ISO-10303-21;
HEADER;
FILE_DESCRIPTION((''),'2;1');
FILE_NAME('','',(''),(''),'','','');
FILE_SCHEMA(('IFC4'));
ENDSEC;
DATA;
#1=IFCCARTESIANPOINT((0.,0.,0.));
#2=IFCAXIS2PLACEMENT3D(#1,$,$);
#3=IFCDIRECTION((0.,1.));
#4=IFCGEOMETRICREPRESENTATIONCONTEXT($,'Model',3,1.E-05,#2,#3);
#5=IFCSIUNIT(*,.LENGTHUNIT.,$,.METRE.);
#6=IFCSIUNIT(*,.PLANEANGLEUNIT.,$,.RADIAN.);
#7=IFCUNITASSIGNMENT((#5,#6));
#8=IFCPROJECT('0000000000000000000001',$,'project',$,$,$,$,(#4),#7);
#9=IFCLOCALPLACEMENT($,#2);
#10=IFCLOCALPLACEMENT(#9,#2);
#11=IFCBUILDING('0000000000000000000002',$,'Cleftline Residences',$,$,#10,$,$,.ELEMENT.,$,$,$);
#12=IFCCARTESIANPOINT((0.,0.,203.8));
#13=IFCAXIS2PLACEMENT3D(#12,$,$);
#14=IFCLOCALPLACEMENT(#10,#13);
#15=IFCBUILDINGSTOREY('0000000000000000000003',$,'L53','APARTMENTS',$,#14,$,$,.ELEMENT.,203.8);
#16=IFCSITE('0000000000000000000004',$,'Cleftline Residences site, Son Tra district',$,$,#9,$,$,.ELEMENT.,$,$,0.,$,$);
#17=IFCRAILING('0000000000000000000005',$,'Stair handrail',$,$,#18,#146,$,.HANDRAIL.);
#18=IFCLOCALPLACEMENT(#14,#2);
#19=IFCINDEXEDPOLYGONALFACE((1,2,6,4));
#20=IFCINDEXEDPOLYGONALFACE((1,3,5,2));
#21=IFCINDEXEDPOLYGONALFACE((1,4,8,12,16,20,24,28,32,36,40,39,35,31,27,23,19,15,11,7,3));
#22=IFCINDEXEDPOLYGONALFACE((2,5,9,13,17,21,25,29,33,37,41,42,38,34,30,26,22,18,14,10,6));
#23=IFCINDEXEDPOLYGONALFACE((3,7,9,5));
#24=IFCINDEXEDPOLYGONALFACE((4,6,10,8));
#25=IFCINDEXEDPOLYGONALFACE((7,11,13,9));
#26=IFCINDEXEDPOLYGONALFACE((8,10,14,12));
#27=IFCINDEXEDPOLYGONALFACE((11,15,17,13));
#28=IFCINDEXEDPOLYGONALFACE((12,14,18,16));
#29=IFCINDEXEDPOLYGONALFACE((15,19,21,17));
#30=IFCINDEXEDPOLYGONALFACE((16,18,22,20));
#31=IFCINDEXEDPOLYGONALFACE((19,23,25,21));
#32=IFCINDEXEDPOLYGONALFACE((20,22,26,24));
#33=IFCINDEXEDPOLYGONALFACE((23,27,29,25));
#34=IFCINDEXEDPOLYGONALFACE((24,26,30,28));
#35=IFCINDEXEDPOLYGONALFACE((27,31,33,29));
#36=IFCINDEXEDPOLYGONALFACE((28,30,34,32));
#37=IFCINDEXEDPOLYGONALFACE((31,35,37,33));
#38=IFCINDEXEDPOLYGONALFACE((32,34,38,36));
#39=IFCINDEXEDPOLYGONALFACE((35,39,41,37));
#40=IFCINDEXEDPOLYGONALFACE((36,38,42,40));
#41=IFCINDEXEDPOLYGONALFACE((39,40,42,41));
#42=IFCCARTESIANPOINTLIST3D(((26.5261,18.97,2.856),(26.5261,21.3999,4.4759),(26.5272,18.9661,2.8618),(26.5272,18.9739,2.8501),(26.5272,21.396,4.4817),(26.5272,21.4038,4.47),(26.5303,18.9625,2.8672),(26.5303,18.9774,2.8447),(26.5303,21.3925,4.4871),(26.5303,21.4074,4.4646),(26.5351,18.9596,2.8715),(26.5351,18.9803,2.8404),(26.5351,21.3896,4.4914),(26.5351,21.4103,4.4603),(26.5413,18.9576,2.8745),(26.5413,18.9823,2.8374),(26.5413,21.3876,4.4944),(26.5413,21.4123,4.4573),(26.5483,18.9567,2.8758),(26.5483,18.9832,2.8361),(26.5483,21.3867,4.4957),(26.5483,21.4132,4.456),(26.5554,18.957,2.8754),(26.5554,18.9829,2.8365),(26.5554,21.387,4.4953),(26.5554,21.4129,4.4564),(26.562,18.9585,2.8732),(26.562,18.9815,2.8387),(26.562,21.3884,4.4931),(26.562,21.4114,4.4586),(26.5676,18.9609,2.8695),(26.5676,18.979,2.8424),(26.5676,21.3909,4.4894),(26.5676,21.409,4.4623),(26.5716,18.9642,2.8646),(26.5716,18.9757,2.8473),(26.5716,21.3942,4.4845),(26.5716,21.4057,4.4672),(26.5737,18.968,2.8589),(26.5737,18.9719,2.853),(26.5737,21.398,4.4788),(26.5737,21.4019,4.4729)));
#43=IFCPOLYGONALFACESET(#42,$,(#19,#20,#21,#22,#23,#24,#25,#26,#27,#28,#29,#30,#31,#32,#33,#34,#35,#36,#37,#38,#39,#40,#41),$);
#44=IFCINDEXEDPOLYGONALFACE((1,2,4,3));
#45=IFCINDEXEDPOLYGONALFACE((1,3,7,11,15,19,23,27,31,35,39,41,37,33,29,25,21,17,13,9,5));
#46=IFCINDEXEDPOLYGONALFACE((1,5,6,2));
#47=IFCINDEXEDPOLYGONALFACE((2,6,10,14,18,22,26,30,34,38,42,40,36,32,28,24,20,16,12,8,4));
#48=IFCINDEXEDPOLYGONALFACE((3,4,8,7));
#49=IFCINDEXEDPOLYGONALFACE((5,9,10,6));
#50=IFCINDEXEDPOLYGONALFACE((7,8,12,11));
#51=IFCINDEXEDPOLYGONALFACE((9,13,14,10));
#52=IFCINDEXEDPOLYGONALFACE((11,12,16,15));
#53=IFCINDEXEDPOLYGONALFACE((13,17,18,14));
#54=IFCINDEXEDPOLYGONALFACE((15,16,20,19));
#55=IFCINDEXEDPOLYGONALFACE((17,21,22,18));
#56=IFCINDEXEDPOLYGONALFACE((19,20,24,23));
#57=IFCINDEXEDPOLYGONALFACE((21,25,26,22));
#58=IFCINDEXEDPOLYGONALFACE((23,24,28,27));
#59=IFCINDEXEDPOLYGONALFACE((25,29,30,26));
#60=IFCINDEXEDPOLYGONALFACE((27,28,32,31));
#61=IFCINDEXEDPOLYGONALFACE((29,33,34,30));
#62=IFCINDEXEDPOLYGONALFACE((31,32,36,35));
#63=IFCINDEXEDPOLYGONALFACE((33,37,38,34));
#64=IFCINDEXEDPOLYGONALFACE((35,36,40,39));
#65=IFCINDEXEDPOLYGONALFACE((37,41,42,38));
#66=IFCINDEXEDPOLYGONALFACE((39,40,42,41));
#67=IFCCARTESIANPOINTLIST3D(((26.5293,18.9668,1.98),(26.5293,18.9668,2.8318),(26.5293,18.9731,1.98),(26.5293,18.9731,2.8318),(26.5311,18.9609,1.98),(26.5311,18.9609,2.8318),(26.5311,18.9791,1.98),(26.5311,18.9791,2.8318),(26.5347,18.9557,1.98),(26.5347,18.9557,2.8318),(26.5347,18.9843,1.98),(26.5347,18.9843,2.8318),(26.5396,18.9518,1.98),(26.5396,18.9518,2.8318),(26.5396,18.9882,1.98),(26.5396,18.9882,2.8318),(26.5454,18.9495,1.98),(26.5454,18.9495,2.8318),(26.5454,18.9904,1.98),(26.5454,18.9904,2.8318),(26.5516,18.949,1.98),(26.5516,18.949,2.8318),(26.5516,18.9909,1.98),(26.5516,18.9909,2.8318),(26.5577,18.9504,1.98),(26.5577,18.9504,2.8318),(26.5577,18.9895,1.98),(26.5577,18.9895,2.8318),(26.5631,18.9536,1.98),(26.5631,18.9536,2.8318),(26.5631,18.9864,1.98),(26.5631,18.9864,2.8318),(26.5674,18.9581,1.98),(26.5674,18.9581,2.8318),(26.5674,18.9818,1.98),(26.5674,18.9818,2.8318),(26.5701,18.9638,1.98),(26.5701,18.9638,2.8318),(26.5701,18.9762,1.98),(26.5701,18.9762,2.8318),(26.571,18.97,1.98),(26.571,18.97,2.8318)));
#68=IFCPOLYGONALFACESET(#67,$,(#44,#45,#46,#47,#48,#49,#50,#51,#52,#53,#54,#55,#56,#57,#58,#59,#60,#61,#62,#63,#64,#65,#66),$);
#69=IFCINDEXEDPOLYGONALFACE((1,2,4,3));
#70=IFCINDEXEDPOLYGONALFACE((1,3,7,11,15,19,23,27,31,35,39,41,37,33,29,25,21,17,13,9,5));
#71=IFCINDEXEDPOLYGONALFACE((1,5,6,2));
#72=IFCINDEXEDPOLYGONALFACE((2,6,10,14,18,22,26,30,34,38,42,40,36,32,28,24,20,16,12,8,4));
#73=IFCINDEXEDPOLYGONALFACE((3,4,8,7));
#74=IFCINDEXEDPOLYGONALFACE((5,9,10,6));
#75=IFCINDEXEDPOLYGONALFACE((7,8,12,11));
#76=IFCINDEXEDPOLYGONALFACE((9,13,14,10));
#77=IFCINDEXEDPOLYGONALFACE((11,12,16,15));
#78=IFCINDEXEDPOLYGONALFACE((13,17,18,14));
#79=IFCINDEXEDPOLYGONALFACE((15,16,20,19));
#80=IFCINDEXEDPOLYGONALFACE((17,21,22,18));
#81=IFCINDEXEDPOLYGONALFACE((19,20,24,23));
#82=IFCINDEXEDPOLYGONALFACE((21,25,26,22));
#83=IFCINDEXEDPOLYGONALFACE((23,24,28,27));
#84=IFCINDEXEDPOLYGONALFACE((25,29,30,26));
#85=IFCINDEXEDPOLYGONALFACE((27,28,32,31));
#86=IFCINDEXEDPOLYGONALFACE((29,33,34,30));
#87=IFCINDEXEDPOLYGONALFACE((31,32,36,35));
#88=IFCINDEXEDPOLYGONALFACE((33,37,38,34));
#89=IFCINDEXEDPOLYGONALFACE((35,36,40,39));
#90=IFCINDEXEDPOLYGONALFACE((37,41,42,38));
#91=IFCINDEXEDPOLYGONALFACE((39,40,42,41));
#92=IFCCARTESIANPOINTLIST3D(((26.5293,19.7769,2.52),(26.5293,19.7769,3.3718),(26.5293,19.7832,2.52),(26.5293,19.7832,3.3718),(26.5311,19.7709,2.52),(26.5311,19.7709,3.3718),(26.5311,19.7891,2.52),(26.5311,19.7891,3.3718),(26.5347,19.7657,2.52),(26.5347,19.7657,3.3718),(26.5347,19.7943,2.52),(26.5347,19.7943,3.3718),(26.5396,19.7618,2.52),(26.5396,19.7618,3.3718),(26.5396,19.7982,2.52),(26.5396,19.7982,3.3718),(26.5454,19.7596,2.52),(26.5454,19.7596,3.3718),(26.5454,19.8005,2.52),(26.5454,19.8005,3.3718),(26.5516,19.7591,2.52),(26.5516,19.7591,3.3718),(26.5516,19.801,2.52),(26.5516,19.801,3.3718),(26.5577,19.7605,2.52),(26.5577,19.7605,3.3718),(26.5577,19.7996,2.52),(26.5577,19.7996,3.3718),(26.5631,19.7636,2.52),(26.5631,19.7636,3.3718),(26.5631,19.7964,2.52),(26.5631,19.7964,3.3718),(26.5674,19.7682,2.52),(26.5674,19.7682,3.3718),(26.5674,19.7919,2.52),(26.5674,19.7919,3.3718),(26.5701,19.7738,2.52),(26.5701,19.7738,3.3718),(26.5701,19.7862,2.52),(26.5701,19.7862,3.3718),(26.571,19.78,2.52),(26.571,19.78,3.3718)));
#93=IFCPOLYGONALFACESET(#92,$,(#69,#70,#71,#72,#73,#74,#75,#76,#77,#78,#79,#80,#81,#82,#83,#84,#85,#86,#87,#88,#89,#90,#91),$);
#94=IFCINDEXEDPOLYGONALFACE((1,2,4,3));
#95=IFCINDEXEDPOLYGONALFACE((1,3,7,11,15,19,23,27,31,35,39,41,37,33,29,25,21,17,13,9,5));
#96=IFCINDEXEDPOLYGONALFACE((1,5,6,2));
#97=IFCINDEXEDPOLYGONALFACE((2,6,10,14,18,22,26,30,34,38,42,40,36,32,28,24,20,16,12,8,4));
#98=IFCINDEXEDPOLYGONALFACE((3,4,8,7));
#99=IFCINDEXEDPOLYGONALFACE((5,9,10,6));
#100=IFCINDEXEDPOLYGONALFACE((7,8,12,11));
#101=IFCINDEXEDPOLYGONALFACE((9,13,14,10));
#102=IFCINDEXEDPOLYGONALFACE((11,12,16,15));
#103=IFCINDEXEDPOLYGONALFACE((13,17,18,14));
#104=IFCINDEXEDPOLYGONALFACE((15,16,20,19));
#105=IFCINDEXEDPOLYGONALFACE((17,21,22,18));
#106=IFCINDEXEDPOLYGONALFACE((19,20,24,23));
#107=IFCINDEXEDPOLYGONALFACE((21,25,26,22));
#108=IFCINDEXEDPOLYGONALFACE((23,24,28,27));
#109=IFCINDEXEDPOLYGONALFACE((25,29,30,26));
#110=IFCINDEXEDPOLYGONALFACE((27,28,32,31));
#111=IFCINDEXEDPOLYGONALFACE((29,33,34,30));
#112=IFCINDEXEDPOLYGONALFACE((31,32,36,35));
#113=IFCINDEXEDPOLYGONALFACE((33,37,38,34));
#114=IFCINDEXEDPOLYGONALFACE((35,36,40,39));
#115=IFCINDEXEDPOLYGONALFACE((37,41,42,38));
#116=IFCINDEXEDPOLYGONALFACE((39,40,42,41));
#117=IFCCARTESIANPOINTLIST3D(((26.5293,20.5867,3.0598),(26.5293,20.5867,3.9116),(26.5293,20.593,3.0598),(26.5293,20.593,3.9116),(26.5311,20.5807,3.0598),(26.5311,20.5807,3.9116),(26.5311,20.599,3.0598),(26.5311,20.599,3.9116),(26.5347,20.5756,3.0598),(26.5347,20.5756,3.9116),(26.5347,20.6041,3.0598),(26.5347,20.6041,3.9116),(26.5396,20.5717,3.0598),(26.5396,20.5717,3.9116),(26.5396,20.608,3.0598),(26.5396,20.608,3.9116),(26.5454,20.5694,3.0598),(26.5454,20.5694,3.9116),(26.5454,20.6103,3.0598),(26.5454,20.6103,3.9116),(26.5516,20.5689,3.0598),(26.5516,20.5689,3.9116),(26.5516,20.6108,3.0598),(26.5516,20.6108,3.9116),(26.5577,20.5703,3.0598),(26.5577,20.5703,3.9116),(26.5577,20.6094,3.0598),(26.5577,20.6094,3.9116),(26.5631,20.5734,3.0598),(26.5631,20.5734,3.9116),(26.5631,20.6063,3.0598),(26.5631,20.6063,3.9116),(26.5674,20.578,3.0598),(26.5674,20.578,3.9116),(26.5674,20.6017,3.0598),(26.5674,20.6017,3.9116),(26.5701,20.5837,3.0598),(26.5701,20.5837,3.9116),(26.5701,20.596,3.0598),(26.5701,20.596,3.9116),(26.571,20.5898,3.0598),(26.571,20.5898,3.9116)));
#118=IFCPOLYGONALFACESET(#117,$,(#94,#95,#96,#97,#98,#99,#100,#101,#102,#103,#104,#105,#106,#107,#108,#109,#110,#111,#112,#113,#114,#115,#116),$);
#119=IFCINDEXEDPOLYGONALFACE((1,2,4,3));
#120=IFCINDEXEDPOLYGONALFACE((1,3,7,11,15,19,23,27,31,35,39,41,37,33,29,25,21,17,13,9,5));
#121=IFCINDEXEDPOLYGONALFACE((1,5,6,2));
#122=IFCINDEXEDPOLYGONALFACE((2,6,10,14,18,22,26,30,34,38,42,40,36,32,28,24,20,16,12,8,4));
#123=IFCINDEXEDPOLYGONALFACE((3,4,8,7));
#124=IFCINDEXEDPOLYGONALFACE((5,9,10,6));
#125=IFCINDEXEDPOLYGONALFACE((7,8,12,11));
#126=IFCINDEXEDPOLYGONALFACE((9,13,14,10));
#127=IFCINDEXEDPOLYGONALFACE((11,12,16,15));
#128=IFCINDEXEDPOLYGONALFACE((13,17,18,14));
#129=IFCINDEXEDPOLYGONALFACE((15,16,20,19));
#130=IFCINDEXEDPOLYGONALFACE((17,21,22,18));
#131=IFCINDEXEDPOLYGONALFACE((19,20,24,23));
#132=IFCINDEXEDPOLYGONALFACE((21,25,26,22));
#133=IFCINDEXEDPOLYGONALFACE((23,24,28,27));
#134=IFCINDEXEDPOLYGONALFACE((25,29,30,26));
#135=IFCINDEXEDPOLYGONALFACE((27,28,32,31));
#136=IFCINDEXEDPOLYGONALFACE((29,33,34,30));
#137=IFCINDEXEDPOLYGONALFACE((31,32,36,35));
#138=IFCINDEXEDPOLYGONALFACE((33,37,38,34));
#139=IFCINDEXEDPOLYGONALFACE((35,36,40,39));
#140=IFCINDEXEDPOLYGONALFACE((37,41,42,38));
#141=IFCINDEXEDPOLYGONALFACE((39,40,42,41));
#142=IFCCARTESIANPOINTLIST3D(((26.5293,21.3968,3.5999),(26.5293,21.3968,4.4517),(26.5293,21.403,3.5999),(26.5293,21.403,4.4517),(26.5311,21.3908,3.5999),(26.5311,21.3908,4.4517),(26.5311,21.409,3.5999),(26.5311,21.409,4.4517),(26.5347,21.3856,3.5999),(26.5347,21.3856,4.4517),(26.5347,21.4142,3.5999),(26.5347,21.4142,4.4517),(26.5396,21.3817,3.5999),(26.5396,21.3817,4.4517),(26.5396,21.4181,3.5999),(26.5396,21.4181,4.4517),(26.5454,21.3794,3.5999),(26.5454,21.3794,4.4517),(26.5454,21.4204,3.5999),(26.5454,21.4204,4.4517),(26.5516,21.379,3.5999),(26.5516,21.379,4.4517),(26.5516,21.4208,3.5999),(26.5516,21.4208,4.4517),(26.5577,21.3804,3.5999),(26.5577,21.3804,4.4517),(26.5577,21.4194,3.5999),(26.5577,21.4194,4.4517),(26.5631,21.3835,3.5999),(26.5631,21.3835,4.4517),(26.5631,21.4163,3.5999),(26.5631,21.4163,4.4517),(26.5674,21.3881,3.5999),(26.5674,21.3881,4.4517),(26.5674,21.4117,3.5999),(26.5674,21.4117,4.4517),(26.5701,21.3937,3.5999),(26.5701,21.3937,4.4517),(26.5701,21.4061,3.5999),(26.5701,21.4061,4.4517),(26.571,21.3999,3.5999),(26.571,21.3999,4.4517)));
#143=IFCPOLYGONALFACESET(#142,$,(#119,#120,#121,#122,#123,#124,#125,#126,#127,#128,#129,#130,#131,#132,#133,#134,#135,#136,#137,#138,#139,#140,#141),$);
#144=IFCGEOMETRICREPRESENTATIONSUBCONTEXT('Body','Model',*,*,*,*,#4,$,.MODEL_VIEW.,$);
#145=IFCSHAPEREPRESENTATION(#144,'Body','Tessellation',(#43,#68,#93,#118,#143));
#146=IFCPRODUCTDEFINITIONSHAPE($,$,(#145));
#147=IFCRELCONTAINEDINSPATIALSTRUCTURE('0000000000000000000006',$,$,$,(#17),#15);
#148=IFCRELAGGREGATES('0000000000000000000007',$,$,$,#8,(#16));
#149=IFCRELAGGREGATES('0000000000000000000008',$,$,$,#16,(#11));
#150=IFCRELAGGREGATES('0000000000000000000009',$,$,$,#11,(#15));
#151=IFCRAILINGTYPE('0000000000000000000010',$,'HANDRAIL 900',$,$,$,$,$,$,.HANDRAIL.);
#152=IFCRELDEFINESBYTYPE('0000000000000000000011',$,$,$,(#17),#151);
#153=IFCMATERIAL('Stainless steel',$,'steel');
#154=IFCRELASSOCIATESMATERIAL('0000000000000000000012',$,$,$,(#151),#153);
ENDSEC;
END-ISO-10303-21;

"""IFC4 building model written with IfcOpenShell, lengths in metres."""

from ifc_helpers import new_model, si_unit, direction, frame, origin, origin_2d, place, context, subcontext, project, spatial, circle, extrude, material, type_object, element, save


model = new_model("IFC4")

# Units and contexts
model_context = context("Model", 3, precision=1e-05, world=origin(), true_north=direction((0.0, 1.0)))
body_context = subcontext(model_context, "Body", "Model", "MODEL_VIEW")
ifc_project = project(units=[si_unit("LENGTHUNIT", "METRE"), si_unit("PLANEANGLEUNIT", "RADIAN")], contexts=[model_context])

# Site, building, storey
site_placement = place(None, origin())
site = spatial("IfcSite", under=ifc_project, at=site_placement, Name="Cleftline Residences site, Son Tra district", CompositionType="ELEMENT", RefElevation=0.0)
building_placement = place(site_placement, origin())
building = spatial("IfcBuilding", under=site, at=building_placement, Name="Cleftline Residences", CompositionType="ELEMENT")
storey_placement = place(building_placement, frame((0.0, 0.0, 203.8)))
storey = spatial("IfcBuildingStorey", under=building, at=storey_placement, Name="L53", Description="APARTMENTS", CompositionType="ELEMENT", Elevation=203.8)

# Railing
ifc_material_1 = material(Name="Stainless steel", Category="steel")
railing_type = type_object("IfcRailingType", Name="HANDRAIL 900", PredefinedType="HANDRAIL", material=ifc_material_1)
railing_1_placement = place(storey_placement, frame((26.55, 18.97, 1.98)))
element("IfcRailing", 1, at=railing_1_placement, inside=storey, type_object=railing_type, Name="Stair handrail", PredefinedType="HANDRAIL", context=body_context, shape_type="SweptSolid", body=[
    extrude(circle(Radius=0.0239, at=origin_2d()), frame((0.0, 0.0, 0.876), z_axis=(0.0, 0.832063, 0.554681), x_axis=(-1.0, 0.0, 0.0)), (0.0, 0.0, 1.0), 2.9204),
    extrude(circle(Radius=0.021, at=origin_2d()), origin(), (0.0, 0.0, 1.0), 0.8518),
    extrude(circle(Radius=0.021, at=origin_2d()), frame((0.0, 0.8101, 0.54)), (0.0, 0.0, 1.0), 0.8518),
    extrude(circle(Radius=0.021, at=origin_2d()), frame((0.0, 1.6199, 1.0798)), (0.0, 0.0, 1.0), 0.8518),
    extrude(circle(Radius=0.021, at=origin_2d()), frame((0.0, 2.4299, 1.6199)), (0.0, 0.0, 1.0), 0.8518),
])

save(model, "model.ifc")
